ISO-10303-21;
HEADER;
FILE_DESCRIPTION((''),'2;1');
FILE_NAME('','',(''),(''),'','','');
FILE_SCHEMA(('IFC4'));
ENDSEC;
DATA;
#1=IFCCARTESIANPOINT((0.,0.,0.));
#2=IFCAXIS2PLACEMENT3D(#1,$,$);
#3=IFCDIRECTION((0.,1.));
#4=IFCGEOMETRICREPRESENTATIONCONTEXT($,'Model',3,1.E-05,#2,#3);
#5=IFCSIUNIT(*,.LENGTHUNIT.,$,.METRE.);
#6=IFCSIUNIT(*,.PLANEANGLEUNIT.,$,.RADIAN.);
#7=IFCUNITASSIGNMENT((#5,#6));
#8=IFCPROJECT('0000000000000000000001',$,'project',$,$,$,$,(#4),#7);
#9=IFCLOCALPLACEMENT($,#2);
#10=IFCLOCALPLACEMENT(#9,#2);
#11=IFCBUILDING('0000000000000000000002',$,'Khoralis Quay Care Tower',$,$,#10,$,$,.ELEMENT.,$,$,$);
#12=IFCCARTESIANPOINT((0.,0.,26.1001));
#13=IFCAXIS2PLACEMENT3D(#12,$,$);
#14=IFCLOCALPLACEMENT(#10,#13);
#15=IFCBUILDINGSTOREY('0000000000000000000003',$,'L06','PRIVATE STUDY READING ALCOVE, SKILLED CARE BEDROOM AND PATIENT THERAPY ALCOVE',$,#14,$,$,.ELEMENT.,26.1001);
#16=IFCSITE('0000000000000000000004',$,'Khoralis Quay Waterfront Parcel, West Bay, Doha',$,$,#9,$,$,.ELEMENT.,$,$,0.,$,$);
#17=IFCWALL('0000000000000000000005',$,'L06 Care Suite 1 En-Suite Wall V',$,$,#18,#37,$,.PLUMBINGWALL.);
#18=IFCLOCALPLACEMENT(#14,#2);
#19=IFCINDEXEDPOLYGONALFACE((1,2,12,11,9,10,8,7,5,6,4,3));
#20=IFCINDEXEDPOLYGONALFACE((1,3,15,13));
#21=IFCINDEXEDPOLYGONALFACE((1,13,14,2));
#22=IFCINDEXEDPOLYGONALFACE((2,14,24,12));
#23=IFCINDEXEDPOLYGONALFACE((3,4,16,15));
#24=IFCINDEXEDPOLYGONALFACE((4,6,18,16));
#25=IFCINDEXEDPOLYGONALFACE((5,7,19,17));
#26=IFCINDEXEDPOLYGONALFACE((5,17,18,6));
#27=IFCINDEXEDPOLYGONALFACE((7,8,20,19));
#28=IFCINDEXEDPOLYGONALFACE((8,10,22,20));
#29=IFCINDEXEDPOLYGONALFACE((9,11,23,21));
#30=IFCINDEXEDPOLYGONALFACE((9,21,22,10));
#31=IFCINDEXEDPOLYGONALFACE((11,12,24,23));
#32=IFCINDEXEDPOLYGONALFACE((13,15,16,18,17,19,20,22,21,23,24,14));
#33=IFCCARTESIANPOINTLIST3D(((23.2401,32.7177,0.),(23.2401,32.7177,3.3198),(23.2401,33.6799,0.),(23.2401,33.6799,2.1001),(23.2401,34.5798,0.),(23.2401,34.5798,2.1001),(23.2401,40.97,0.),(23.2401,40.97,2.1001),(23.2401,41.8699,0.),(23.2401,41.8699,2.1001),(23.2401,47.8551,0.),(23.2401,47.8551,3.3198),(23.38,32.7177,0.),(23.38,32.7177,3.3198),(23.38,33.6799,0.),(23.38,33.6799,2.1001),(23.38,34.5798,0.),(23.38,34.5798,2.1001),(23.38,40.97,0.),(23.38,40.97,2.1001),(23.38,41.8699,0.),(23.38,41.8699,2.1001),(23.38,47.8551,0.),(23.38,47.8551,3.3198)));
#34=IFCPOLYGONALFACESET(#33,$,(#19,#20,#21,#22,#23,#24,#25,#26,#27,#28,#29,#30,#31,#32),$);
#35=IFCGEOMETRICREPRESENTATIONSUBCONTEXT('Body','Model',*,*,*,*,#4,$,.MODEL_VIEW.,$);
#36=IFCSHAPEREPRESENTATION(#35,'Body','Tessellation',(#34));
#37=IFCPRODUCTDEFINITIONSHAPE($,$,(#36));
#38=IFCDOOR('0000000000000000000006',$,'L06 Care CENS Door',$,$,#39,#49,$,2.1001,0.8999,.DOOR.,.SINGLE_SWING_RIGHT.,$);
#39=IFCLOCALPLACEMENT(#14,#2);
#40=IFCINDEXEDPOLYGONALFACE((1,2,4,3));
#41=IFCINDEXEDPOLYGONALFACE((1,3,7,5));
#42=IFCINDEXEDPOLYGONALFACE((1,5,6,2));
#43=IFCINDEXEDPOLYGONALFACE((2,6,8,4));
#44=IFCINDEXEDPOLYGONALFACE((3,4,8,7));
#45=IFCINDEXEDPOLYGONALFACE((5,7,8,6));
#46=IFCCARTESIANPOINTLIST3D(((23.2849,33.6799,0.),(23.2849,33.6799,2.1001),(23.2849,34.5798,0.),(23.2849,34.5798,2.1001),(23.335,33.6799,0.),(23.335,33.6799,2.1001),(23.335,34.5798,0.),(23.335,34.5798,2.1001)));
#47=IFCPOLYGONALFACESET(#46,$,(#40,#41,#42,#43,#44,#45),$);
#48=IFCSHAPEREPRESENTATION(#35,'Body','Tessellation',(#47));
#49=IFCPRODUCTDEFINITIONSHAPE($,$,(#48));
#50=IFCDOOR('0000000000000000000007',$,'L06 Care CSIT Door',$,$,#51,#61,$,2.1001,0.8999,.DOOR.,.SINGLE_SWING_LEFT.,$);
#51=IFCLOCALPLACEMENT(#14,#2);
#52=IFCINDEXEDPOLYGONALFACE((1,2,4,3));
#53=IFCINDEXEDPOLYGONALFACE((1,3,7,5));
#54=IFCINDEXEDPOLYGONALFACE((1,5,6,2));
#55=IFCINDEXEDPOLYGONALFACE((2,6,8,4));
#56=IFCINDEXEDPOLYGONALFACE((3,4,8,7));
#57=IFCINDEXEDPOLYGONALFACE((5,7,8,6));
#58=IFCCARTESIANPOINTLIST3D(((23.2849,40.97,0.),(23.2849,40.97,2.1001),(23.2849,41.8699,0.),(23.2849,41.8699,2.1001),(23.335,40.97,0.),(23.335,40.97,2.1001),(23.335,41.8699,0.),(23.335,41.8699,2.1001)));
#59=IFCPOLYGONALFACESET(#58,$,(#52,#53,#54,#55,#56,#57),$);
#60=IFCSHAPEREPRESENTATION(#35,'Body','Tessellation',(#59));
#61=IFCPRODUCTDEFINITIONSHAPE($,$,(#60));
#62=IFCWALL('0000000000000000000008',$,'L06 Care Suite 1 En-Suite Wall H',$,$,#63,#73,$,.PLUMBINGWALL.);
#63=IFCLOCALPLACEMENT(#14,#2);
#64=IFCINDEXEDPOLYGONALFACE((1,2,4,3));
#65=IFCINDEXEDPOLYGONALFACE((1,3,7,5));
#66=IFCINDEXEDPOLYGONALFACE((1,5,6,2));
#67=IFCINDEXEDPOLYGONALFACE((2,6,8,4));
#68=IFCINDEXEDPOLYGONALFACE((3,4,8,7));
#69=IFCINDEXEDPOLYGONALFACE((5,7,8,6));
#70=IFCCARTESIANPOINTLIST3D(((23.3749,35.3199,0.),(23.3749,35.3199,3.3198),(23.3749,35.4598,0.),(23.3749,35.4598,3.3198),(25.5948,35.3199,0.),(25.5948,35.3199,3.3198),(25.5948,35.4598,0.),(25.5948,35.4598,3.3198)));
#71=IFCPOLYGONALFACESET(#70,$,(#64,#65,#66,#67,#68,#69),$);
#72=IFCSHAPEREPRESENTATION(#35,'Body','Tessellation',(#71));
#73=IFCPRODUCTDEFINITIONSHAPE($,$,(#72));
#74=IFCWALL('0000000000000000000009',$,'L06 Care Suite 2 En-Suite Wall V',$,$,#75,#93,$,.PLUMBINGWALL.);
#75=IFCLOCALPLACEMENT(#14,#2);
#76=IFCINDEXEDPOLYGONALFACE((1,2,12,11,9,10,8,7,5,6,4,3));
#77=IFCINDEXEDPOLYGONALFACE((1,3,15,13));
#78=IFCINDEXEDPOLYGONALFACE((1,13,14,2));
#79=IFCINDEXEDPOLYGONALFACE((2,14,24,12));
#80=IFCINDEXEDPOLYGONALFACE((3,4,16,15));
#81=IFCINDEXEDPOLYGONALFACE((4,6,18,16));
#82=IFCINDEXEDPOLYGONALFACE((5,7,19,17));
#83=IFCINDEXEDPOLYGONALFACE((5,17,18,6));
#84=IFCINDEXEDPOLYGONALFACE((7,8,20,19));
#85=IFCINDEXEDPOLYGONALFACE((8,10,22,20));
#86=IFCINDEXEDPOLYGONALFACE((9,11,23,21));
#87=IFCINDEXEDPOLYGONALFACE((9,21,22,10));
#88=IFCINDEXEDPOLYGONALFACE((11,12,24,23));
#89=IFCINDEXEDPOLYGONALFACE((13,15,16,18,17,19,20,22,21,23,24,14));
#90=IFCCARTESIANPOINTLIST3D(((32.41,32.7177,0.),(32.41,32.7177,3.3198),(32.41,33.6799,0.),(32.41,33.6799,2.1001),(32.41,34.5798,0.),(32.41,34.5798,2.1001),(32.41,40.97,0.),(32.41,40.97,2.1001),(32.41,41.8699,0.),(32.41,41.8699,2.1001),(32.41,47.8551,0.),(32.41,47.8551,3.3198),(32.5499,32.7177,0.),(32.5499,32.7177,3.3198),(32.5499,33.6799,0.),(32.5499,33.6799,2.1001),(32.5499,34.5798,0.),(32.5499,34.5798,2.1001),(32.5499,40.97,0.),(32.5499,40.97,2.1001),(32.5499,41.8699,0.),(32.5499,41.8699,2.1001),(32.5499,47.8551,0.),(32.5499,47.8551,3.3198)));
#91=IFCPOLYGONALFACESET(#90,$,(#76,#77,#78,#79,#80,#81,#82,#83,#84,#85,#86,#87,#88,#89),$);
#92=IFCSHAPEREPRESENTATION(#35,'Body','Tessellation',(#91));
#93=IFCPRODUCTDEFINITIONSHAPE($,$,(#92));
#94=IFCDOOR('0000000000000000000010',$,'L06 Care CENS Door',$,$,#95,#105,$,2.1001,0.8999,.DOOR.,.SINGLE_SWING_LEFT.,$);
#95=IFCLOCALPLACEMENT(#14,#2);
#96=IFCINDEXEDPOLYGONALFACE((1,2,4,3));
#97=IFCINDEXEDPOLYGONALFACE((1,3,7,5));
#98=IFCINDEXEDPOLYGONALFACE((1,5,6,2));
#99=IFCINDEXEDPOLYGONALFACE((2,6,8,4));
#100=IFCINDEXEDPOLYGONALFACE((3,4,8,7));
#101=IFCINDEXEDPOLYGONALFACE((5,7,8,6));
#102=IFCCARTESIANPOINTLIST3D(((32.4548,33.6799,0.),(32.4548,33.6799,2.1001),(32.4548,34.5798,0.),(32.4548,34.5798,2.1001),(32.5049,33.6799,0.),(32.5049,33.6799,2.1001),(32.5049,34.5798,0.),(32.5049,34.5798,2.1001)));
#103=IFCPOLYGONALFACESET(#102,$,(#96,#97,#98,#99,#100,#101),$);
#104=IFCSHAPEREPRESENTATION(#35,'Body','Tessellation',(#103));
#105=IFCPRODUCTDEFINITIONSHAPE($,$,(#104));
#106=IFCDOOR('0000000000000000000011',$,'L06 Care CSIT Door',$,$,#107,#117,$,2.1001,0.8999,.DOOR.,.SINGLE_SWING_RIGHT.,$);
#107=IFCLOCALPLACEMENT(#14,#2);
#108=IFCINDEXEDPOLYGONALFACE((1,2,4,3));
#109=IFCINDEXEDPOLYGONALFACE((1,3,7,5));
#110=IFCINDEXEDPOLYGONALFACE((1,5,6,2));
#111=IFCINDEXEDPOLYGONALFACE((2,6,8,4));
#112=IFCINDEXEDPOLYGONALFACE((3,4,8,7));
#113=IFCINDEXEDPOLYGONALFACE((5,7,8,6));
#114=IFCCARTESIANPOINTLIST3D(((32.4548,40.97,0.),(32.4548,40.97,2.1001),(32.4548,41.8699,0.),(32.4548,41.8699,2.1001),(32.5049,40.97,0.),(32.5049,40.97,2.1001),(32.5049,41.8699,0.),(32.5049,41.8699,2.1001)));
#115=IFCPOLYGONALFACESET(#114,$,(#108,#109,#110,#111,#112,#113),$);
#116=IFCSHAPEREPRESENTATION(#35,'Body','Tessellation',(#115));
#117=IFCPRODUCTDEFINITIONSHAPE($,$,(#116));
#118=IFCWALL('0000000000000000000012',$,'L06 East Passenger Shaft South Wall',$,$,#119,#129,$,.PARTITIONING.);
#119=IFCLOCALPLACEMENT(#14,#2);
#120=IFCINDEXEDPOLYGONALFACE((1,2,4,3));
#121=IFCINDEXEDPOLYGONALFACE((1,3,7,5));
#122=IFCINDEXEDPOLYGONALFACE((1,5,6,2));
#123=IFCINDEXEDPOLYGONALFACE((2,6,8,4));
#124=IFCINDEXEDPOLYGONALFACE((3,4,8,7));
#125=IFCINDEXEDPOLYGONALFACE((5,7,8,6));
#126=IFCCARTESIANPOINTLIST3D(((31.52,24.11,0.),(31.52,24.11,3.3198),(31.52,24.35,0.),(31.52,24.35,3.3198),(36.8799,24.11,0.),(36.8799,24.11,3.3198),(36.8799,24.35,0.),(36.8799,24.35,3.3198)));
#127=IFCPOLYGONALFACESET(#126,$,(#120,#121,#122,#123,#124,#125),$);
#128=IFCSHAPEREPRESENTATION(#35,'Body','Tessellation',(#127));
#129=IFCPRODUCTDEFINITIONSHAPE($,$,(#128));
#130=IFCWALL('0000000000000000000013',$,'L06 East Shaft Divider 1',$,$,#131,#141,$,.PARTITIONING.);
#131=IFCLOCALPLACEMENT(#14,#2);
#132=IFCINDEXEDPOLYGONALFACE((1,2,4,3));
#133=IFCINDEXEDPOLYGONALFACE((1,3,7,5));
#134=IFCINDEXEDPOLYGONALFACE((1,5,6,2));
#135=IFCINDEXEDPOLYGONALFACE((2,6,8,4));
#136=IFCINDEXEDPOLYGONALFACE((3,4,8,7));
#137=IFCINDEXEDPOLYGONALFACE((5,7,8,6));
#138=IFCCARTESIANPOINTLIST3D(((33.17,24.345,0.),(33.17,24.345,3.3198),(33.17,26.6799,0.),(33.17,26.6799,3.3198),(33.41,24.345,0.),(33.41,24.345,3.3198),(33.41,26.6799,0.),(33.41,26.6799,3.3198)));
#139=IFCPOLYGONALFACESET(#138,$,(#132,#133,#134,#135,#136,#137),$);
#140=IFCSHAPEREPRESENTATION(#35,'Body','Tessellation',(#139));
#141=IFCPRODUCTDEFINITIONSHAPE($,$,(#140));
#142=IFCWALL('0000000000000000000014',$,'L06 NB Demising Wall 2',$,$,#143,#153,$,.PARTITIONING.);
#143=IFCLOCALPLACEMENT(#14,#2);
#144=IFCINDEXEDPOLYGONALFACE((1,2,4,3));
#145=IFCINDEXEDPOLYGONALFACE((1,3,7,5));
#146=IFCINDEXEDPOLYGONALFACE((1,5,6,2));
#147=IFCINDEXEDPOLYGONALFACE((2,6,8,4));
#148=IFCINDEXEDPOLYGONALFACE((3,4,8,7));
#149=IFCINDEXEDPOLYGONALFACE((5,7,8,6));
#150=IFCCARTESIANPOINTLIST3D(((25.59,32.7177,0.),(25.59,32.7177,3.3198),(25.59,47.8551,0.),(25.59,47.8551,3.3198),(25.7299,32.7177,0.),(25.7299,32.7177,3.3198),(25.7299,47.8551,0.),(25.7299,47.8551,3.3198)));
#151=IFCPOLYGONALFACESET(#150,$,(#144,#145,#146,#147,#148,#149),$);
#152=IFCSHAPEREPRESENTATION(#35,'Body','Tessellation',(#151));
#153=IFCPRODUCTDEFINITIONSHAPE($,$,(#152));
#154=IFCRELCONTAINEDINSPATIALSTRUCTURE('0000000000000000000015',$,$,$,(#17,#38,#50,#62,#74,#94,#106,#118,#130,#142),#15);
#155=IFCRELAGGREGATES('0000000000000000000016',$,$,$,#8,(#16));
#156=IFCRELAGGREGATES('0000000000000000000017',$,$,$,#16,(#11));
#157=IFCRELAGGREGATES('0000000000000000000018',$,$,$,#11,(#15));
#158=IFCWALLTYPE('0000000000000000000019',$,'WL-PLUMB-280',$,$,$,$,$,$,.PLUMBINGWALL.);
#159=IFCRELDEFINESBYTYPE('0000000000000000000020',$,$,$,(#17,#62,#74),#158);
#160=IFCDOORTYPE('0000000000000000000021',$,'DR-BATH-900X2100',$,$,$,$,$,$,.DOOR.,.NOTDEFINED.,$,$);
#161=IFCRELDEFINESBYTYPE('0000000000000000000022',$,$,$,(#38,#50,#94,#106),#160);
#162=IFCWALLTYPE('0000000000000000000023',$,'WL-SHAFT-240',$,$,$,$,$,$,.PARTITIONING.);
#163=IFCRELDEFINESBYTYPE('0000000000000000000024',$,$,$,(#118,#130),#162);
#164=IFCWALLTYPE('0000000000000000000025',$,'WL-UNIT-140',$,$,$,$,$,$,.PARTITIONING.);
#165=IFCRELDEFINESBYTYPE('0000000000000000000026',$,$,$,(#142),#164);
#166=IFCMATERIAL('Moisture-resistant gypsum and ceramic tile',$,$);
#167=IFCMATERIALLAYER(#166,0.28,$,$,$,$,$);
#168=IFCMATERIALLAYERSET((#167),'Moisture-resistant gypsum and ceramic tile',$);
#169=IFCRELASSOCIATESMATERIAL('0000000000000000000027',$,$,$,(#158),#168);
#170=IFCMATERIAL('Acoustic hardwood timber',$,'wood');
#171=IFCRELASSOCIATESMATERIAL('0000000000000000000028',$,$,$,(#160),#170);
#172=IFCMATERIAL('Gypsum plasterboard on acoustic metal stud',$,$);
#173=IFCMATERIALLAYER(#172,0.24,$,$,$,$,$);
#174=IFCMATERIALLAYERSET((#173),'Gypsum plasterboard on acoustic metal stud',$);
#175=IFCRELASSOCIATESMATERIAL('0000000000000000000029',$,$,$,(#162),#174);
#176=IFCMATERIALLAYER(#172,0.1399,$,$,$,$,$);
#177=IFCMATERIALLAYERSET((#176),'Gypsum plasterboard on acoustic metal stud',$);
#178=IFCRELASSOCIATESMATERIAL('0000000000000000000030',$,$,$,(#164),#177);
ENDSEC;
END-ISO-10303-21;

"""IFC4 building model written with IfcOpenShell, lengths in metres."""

from ifc_helpers import new_model, si_unit, direction, frame, frame_2d, origin, place, context, subcontext, project, spatial, rectangle, extrude, source, transform, mapped, material, layer, layer_set, type_object, element, fill, save


model = new_model("IFC4")

# Units and contexts
model_context = context("Model", 3, precision=1e-05, world=origin(), true_north=direction((0.0, 1.0)))
body_context = subcontext(model_context, "Body", "Model", "MODEL_VIEW")
ifc_project = project(units=[si_unit("LENGTHUNIT", "METRE"), si_unit("PLANEANGLEUNIT", "RADIAN")], contexts=[model_context])

# Site, building, storey
site_placement = place(None, origin())
site = spatial("IfcSite", under=ifc_project, at=site_placement, Name="Khoralis Quay Waterfront Parcel, West Bay, Doha", CompositionType="ELEMENT", RefElevation=0.0)
building_placement = place(site_placement, origin())
building = spatial("IfcBuilding", under=site, at=building_placement, Name="Khoralis Quay Care Tower", CompositionType="ELEMENT")
storey_placement = place(building_placement, frame((0.0, 0.0, 26.1001)))
storey = spatial("IfcBuildingStorey", under=building, at=storey_placement, Name="L06", Description="PRIVATE STUDY READING ALCOVE, SKILLED CARE BEDROOM AND PATIENT THERAPY ALCOVE", CompositionType="ELEMENT", Elevation=26.1001)

# Shared definitions
ifc_material_1 = material(Name="Gypsum plasterboard on acoustic metal stud")

# Wall, openings, doors
ifc_material_2 = material(Name="Moisture-resistant gypsum and ceramic tile")
ifc_layer_1 = layer(ifc_material_2, 0.28)
ifc_layer_set_1 = layer_set([ifc_layer_1], Name="Moisture-resistant gypsum and ceramic tile")
wall_type_1 = type_object("IfcWallType", Name="WL-PLUMB-280", PredefinedType="PLUMBINGWALL", material=ifc_layer_set_1)
wall_1_placement = place(storey_placement, frame((23.3101, 32.7175, 0.0), z_axis=(0.0, 0.0, 1.0), x_axis=(0.0, 1.0, 0.0)))
wall_1 = element("IfcWall", 1, at=wall_1_placement, inside=storey, type_object=wall_type_1, Name="L06 Care Suite 1 En-Suite Wall V", PredefinedType="PLUMBINGWALL", context=body_context, shape_type="SweptSolid", body=[
    extrude(rectangle(XDim=15.1375, YDim=0.1399, at=frame_2d((7.5688, 0.0))), origin(), (0.0, 0.0, 1.0), 3.3198),
])
opening_1_placement = place(wall_1_placement, frame((0.9624, 0.0, 0.0)))
opening_1 = element("IfcOpeningElement", 2, at=opening_1_placement, cuts=wall_1, PredefinedType="OPENING", context=body_context, shape_type="SweptSolid", body=[
    extrude(rectangle(XDim=0.8999, YDim=2.1001, at=frame_2d((0.45, 1.05))), frame((0.0, 0.0801, 0.0), z_axis=(0.0, -1.0, 0.0), x_axis=(1.0, 0.0, 0.0)), (0.0, 0.0, 1.0), 0.1599),
])
opening_2_placement = place(wall_1_placement, frame((8.2524, 0.0, 0.0)))
opening_2 = element("IfcOpeningElement", 3, at=opening_2_placement, cuts=wall_1, PredefinedType="OPENING", context=body_context, shape_type="SweptSolid", body=[
    extrude(rectangle(XDim=0.8999, YDim=2.1001, at=frame_2d((0.45, 1.05))), frame((0.0, 0.0801, 0.0), z_axis=(0.0, -1.0, 0.0), x_axis=(1.0, 0.0, 0.0)), (0.0, 0.0, 1.0), 0.1599),
])
ifc_material_3 = material(Name="Acoustic hardwood timber", Category="wood")
door_type_1 = type_object("IfcDoorType", Name="DR-BATH-900X2100", OperationType="NOTDEFINED", PredefinedType="DOOR", material=ifc_material_3)
shared_shape_1 = source(origin(), body_context, "Body", "SweptSolid", [
    extrude(rectangle(XDim=0.8999, YDim=2.1001, at=frame_2d((0.45, 1.05))), frame((0.0, 0.0249, 0.0), z_axis=(0.0, -1.0, 0.0), x_axis=(1.0, 0.0, 0.0)), (0.0, 0.0, 1.0), 0.05),
])
door_1_placement = place(opening_1_placement, frame((0.8999, 0.0, 0.0), z_axis=(0.0, 0.0, 1.0), x_axis=(-1.0, 0.0, 0.0)))
door_1 = element("IfcDoor", 4, at=door_1_placement, inside=storey, type_object=door_type_1, Name="L06 Care CENS Door", OperationType="SINGLE_SWING_RIGHT", OverallHeight=2.1001, OverallWidth=0.8999, PredefinedType="DOOR", context=body_context, shape_type="MappedRepresentation", body=[
    mapped(shared_shape_1, transform((0.0, 0.0, 0.0), scale=1.0)),
])
fill(opening_1, door_1)
door_2_placement = place(opening_2_placement, frame((0.8999, 0.0, 0.0), z_axis=(0.0, 0.0, 1.0), x_axis=(-1.0, 0.0, 0.0)))
door_2 = element("IfcDoor", 5, at=door_2_placement, inside=storey, type_object=door_type_1, Name="L06 Care CSIT Door", OperationType="SINGLE_SWING_LEFT", OverallHeight=2.1001, OverallWidth=0.8999, PredefinedType="DOOR", context=body_context, shape_type="MappedRepresentation", body=[
    mapped(shared_shape_1, transform((0.0, 0.0, 0.0), scale=1.0)),
])
fill(opening_2, door_2)

# Wall
wall_2_placement = place(storey_placement, frame((23.375, 35.3899, 0.0), z_axis=(0.0, 0.0, 1.0), x_axis=(1.0, 0.0, 0.0)))
element("IfcWall", 6, at=wall_2_placement, inside=storey, type_object=wall_type_1, Name="L06 Care Suite 1 En-Suite Wall H", PredefinedType="PLUMBINGWALL", context=body_context, shape_type="SweptSolid", body=[
    extrude(rectangle(XDim=2.22, YDim=0.1399, at=frame_2d((1.1099, 0.0))), origin(), (0.0, 0.0, 1.0), 3.3198),
])

# Wall, openings, doors
wall_3_placement = place(storey_placement, frame((32.48, 32.7175, 0.0), z_axis=(0.0, 0.0, 1.0), x_axis=(0.0, 1.0, 0.0)))
wall_3 = element("IfcWall", 7, at=wall_3_placement, inside=storey, type_object=wall_type_1, Name="L06 Care Suite 2 En-Suite Wall V", PredefinedType="PLUMBINGWALL", context=body_context, shape_type="SweptSolid", body=[
    extrude(rectangle(XDim=15.1375, YDim=0.1399, at=frame_2d((7.5688, 0.0))), origin(), (0.0, 0.0, 1.0), 3.3198),
])
opening_3_placement = place(wall_3_placement, frame((0.9624, 0.0, 0.0)))
opening_3 = element("IfcOpeningElement", 8, at=opening_3_placement, cuts=wall_3, PredefinedType="OPENING", context=body_context, shape_type="SweptSolid", body=[
    extrude(rectangle(XDim=0.8999, YDim=2.1001, at=frame_2d((0.45, 1.05))), frame((0.0, 0.0801, 0.0), z_axis=(0.0, -1.0, 0.0), x_axis=(1.0, 0.0, 0.0)), (0.0, 0.0, 1.0), 0.1599),
])
opening_4_placement = place(wall_3_placement, frame((8.2524, 0.0, 0.0)))
opening_4 = element("IfcOpeningElement", 9, at=opening_4_placement, cuts=wall_3, PredefinedType="OPENING", context=body_context, shape_type="SweptSolid", body=[
    extrude(rectangle(XDim=0.8999, YDim=2.1001, at=frame_2d((0.45, 1.05))), frame((0.0, 0.0801, 0.0), z_axis=(0.0, -1.0, 0.0), x_axis=(1.0, 0.0, 0.0)), (0.0, 0.0, 1.0), 0.1599),
])
door_3_placement = place(opening_3_placement, frame((0.8999, 0.0, 0.0), z_axis=(0.0, 0.0, 1.0), x_axis=(-1.0, 0.0, 0.0)))
door_3 = element("IfcDoor", 10, at=door_3_placement, inside=storey, type_object=door_type_1, Name="L06 Care CENS Door", OperationType="SINGLE_SWING_LEFT", OverallHeight=2.1001, OverallWidth=0.8999, PredefinedType="DOOR", context=body_context, shape_type="MappedRepresentation", body=[
    mapped(shared_shape_1, transform((0.0, 0.0, 0.0), scale=1.0)),
])
fill(opening_3, door_3)
door_4_placement = place(opening_4_placement, frame((0.8999, 0.0, 0.0), z_axis=(0.0, 0.0, 1.0), x_axis=(-1.0, 0.0, 0.0)))
door_4 = element("IfcDoor", 11, at=door_4_placement, inside=storey, type_object=door_type_1, Name="L06 Care CSIT Door", OperationType="SINGLE_SWING_RIGHT", OverallHeight=2.1001, OverallWidth=0.8999, PredefinedType="DOOR", context=body_context, shape_type="MappedRepresentation", body=[
    mapped(shared_shape_1, transform((0.0, 0.0, 0.0), scale=1.0)),
])
fill(opening_4, door_4)

# Walls
ifc_layer_2 = layer(ifc_material_1, 0.24)
ifc_layer_set_2 = layer_set([ifc_layer_2], Name="Gypsum plasterboard on acoustic metal stud")
wall_type_2 = type_object("IfcWallType", Name="WL-SHAFT-240", PredefinedType="PARTITIONING", material=ifc_layer_set_2)
wall_4_placement = place(storey_placement, frame((31.52, 24.23, 0.0), z_axis=(0.0, 0.0, 1.0), x_axis=(1.0, 0.0, 0.0)))
element("IfcWall", 12, at=wall_4_placement, inside=storey, type_object=wall_type_2, Name="L06 East Passenger Shaft South Wall", PredefinedType="PARTITIONING", context=body_context, shape_type="SweptSolid", body=[
    extrude(rectangle(XDim=5.3599, YDim=0.24, at=frame_2d((2.6799, 0.0))), origin(), (0.0, 0.0, 1.0), 3.3198),
])
wall_5_placement = place(storey_placement, frame((33.29, 24.345, 0.0), z_axis=(0.0, 0.0, 1.0), x_axis=(0.0, 1.0, 0.0)))
element("IfcWall", 13, at=wall_5_placement, inside=storey, type_object=wall_type_2, Name="L06 East Shaft Divider 1", PredefinedType="PARTITIONING", context=body_context, shape_type="SweptSolid", body=[
    extrude(rectangle(XDim=2.335, YDim=0.24, at=frame_2d((1.1675, 0.0))), origin(), (0.0, 0.0, 1.0), 3.3198),
])
ifc_layer_3 = layer(ifc_material_1, 0.1399)
ifc_layer_set_3 = layer_set([ifc_layer_3], Name="Gypsum plasterboard on acoustic metal stud")
wall_type_3 = type_object("IfcWallType", Name="WL-UNIT-140", PredefinedType="PARTITIONING", material=ifc_layer_set_3)
wall_6_placement = place(storey_placement, frame((25.6599, 32.7175, 0.0), z_axis=(0.0, 0.0, 1.0), x_axis=(0.0, 1.0, 0.0)))
element("IfcWall", 14, at=wall_6_placement, inside=storey, type_object=wall_type_3, Name="L06 NB Demising Wall 2", PredefinedType="PARTITIONING", context=body_context, shape_type="SweptSolid", body=[
    extrude(rectangle(XDim=15.1375, YDim=0.1399, at=frame_2d((7.5688, 0.0))), origin(), (0.0, 0.0, 1.0), 3.3198),
])

save(model, "model.ifc")
